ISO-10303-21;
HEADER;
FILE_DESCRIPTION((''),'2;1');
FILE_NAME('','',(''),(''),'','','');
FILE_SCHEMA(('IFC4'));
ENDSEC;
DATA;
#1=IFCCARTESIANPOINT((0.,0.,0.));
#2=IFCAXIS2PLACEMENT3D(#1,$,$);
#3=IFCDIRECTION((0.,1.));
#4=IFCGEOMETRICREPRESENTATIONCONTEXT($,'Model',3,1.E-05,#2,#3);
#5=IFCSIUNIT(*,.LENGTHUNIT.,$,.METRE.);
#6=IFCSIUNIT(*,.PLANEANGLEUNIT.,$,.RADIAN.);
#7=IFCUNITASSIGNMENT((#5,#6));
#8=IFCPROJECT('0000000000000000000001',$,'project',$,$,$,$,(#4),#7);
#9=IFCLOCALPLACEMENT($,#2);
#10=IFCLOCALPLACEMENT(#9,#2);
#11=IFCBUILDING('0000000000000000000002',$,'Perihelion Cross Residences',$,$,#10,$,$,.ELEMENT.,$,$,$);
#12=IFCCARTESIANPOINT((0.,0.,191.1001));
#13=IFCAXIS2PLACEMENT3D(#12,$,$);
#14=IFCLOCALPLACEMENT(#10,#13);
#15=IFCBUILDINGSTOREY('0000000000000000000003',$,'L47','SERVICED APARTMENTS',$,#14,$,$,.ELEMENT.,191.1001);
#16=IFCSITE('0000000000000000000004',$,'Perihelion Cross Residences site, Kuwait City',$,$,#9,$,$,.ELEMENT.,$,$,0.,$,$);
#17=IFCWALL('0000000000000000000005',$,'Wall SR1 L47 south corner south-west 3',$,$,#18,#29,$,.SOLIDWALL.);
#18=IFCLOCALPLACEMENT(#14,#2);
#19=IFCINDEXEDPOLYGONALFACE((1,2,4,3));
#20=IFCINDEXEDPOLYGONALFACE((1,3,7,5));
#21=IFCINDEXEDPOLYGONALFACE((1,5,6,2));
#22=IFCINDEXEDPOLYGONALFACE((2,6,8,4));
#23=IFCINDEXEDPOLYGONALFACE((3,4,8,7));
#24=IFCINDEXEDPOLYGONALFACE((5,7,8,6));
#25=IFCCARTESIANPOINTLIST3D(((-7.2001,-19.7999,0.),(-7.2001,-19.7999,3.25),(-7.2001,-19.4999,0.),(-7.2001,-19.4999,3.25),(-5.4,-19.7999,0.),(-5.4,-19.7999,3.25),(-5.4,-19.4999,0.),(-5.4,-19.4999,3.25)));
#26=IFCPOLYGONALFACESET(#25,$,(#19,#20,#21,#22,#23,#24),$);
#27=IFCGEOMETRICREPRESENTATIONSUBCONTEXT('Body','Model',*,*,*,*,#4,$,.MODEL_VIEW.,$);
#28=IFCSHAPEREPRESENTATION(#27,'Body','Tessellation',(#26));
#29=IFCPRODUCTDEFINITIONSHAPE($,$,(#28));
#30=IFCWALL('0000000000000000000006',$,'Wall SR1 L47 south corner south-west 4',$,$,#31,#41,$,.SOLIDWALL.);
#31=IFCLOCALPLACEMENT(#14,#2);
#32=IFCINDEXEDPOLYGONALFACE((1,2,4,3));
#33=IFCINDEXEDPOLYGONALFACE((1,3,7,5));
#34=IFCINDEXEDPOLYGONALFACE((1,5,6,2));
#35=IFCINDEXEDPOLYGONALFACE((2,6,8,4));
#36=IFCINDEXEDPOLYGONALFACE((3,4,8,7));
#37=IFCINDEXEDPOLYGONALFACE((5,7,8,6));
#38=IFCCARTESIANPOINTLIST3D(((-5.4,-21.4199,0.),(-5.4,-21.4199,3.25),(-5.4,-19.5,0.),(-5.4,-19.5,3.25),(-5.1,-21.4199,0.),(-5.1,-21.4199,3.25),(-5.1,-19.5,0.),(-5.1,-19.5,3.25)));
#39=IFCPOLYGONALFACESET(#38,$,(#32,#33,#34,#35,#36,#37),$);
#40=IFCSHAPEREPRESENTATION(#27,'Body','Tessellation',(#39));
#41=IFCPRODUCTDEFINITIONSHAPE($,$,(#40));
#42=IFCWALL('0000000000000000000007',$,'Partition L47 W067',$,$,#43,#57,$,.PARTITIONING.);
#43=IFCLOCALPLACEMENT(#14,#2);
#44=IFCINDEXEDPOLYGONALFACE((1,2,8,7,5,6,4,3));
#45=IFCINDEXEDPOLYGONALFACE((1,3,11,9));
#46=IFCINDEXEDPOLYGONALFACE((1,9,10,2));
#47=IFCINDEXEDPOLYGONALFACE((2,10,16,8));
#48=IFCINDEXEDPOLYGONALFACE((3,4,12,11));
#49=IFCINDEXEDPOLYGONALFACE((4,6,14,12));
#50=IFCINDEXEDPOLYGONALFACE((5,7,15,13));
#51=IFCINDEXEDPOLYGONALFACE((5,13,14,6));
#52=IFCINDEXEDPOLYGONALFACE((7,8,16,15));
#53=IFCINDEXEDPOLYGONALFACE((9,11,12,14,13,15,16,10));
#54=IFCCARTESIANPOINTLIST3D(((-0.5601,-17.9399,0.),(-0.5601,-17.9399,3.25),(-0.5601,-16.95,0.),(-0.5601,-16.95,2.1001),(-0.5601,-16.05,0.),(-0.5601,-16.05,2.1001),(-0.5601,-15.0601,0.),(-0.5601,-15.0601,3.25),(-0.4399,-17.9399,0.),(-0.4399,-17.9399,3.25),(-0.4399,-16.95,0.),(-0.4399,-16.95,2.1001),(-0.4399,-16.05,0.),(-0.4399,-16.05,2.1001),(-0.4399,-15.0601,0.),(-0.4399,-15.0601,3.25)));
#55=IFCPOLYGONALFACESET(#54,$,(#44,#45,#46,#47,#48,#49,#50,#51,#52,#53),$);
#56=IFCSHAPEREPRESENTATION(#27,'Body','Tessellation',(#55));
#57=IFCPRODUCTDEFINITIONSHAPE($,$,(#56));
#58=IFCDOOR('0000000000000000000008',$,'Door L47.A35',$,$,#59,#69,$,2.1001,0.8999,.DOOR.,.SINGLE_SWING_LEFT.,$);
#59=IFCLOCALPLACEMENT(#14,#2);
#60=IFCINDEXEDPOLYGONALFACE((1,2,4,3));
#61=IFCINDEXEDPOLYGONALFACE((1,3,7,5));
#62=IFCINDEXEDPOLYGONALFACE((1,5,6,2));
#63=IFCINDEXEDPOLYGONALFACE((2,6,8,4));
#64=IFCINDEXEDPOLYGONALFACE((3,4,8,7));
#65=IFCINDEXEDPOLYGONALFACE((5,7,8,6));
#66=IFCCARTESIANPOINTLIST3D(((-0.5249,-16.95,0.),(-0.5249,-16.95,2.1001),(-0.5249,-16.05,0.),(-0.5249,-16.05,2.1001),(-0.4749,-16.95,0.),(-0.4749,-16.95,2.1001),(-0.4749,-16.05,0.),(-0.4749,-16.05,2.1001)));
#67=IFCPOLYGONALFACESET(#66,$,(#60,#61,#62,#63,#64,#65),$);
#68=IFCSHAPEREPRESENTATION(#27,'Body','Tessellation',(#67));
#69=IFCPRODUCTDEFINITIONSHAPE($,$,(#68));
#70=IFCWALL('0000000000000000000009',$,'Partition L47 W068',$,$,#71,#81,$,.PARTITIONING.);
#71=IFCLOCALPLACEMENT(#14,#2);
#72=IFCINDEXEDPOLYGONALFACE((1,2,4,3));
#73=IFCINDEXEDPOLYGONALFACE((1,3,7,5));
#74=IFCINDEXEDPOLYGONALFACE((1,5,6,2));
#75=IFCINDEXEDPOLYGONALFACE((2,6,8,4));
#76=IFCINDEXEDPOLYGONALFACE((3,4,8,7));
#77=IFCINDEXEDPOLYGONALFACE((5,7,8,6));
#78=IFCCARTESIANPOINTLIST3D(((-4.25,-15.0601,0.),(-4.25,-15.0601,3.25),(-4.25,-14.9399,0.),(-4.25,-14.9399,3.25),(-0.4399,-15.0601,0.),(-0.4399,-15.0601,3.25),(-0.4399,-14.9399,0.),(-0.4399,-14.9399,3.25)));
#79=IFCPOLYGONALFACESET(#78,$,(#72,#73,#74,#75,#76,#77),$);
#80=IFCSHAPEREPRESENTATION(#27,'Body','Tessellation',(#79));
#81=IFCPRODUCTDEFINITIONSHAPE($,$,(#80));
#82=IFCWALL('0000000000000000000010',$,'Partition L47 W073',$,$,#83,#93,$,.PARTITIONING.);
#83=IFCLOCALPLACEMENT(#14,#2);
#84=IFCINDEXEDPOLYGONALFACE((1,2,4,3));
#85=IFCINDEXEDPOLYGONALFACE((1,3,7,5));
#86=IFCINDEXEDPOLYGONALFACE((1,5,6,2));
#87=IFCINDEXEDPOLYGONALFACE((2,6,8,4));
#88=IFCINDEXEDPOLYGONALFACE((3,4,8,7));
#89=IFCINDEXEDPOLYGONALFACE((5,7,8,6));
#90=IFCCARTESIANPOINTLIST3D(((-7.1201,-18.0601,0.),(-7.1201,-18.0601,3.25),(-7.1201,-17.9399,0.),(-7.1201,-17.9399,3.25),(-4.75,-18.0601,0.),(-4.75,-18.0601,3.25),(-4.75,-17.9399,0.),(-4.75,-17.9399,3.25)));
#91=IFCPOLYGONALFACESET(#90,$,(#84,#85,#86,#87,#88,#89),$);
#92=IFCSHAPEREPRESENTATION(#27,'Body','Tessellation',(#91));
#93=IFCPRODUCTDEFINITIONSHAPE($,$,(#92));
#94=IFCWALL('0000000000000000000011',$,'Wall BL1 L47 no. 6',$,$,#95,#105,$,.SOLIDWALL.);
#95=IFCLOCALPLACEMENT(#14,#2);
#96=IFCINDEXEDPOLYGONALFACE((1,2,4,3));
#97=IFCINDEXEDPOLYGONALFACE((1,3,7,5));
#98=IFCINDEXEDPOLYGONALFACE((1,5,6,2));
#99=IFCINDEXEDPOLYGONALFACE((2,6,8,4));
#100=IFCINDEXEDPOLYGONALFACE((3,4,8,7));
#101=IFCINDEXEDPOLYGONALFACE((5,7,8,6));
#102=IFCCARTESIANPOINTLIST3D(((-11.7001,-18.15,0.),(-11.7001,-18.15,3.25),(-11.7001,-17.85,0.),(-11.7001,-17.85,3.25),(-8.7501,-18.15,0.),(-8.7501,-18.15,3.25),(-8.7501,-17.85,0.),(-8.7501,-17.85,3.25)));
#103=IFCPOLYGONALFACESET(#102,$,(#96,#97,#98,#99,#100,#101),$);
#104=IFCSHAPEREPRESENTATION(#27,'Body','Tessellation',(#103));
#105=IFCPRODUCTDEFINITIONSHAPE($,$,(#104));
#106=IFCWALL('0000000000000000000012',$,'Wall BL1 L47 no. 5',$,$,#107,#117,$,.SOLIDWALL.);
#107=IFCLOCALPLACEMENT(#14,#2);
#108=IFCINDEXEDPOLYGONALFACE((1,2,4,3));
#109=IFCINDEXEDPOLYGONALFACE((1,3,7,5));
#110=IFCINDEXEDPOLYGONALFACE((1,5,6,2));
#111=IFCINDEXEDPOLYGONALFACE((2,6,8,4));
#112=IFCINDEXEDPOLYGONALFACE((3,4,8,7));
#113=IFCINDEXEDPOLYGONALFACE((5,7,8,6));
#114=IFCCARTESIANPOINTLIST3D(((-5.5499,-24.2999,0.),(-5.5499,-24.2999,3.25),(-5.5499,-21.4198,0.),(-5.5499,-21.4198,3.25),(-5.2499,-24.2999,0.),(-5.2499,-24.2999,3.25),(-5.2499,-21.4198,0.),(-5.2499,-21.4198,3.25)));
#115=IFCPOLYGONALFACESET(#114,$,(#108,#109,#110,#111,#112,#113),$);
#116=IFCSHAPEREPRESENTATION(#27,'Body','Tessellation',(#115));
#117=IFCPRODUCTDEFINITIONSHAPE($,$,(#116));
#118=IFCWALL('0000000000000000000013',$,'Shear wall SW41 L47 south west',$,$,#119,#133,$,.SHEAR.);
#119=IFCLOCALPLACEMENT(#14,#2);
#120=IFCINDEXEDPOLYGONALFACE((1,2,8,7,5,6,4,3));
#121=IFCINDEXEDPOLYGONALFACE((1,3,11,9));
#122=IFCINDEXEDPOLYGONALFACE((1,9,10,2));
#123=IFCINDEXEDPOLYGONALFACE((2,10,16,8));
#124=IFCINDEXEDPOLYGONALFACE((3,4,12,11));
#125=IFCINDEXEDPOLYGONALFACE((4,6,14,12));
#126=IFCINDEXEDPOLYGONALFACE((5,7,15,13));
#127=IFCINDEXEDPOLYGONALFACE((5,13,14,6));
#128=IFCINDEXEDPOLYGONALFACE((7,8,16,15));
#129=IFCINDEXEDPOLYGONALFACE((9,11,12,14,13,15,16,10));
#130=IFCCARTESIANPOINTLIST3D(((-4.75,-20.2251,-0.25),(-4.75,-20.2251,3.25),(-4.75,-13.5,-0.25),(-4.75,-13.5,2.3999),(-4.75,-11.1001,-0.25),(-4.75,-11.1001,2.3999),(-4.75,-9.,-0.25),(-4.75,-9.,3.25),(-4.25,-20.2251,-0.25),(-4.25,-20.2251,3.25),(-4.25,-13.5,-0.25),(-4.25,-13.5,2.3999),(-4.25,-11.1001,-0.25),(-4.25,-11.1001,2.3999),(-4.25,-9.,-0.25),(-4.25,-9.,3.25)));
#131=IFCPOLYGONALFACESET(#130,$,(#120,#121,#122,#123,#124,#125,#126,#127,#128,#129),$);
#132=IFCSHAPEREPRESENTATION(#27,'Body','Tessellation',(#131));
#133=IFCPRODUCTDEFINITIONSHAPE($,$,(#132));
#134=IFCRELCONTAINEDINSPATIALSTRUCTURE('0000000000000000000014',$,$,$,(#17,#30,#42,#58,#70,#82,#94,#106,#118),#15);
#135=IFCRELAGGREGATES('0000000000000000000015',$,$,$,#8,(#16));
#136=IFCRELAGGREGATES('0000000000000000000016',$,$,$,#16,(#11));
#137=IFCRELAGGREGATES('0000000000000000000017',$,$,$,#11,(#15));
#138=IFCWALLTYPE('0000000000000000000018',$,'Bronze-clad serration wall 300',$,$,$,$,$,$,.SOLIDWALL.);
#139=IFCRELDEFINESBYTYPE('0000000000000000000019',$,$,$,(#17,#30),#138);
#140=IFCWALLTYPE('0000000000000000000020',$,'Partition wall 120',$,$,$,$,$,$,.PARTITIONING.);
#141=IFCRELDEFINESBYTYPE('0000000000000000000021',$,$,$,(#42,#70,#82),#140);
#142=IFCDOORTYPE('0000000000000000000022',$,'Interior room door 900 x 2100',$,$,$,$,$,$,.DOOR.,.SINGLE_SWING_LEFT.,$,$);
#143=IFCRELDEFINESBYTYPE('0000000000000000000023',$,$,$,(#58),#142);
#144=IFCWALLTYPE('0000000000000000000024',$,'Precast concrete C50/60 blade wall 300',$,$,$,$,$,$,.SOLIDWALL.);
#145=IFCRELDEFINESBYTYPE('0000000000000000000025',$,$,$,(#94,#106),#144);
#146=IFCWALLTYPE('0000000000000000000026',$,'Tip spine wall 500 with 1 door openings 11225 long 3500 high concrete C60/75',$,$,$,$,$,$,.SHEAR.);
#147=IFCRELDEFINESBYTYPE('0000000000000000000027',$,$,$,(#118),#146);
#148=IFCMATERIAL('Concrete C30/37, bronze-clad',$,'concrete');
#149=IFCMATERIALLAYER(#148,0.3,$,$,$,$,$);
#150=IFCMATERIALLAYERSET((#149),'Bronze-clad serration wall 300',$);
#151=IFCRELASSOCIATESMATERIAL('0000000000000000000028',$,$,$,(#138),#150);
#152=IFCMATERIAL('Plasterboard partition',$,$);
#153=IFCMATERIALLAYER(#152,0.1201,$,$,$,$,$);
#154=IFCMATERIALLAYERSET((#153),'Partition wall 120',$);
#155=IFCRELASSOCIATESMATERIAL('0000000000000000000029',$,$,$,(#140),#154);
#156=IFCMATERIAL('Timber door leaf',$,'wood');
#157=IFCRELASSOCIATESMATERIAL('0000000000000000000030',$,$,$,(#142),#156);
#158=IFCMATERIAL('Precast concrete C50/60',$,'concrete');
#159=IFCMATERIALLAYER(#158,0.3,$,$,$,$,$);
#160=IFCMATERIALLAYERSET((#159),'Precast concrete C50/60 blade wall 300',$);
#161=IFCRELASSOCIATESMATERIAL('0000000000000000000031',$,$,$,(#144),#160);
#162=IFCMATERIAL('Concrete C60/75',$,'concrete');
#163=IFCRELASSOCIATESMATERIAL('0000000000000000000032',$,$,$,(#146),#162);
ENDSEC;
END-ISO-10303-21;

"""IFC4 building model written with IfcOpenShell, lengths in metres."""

from ifc_helpers import new_model, si_unit, direction, frame, frame_2d, origin, place, context, subcontext, project, spatial, polyline, rectangle, outline, extrude, material, layer, layer_set, material_profile, profile_set, type_object, element, fill, save


model = new_model("IFC4")

# Units and contexts
model_context = context("Model", 3, precision=1e-05, world=origin(), true_north=direction((0.0, 1.0)))
body_context = subcontext(model_context, "Body", "Model", "MODEL_VIEW")
ifc_project = project(units=[si_unit("LENGTHUNIT", "METRE"), si_unit("PLANEANGLEUNIT", "RADIAN")], contexts=[model_context])

# Site, building, storey
site_placement = place(None, origin())
site = spatial("IfcSite", under=ifc_project, at=site_placement, Name="Perihelion Cross Residences site, Kuwait City", CompositionType="ELEMENT", RefElevation=0.0)
building_placement = place(site_placement, origin())
building = spatial("IfcBuilding", under=site, at=building_placement, Name="Perihelion Cross Residences", CompositionType="ELEMENT")
storey_placement = place(building_placement, frame((0.0, 0.0, 191.1001)))
storey = spatial("IfcBuildingStorey", under=building, at=storey_placement, Name="L47", Description="SERVICED APARTMENTS", CompositionType="ELEMENT", Elevation=191.1001)

# Walls
ifc_material_1 = material(Name="Concrete C30/37, bronze-clad", Category="concrete")
ifc_layer_1 = layer(ifc_material_1, 0.3)
ifc_layer_set_1 = layer_set([ifc_layer_1], Name="Bronze-clad serration wall 300")
wall_type_1 = type_object("IfcWallType", Name="Bronze-clad serration wall 300", PredefinedType="SOLIDWALL", material=ifc_layer_set_1)
for number, where, z_axis, x_axis, name in (
    (1, (-7.2, -19.6499, 0.0), (0.0, 0.0, 1.0), (1.0, 0.0, 0.0), "Wall SR1 L47 south corner south-west 3"),
):
    element("IfcWall", number, at=place(storey_placement, frame(where, z_axis=z_axis, x_axis=x_axis)), inside=storey, type_object=wall_type_1, Name=name, PredefinedType="SOLIDWALL", context=body_context, shape_type="SweptSolid", body=[
        extrude(rectangle(XDim=1.8, YDim=0.3, at=frame_2d((0.8999, 0.0))), origin(), (0.0, 0.0, 1.0), 3.25),
    ])
wall_1_placement = place(storey_placement, frame((-5.25, -19.5, 0.0), z_axis=(0.0, 0.0, 1.0), x_axis=(0.0, -1.0, 0.0)))
element("IfcWall", 2, at=wall_1_placement, inside=storey, type_object=wall_type_1, Name="Wall SR1 L47 south corner south-west 4", PredefinedType="SOLIDWALL", context=body_context, shape_type="SweptSolid", body=[
    extrude(rectangle(XDim=1.9199, YDim=0.3, at=frame_2d((0.96, 0.0))), origin(), (0.0, 0.0, 1.0), 3.25),
])

# Wall, opening, door
ifc_material_2 = material(Name="Plasterboard partition")
ifc_layer_2 = layer(ifc_material_2, 0.1201)
ifc_layer_set_2 = layer_set([ifc_layer_2], Name="Partition wall 120")
wall_type_2 = type_object("IfcWallType", Name="Partition wall 120", PredefinedType="PARTITIONING", material=ifc_layer_set_2)
wall_2_placement = place(storey_placement, frame((-0.5, -17.9399, 0.0), z_axis=(0.0, 0.0, 1.0), x_axis=(0.0, 1.0, 0.0)))
wall_2 = element("IfcWall", 3, at=wall_2_placement, inside=storey, type_object=wall_type_2, Name="Partition L47 W067", PredefinedType="PARTITIONING", context=body_context, shape_type="SweptSolid", body=[
    extrude(rectangle(XDim=2.8799, YDim=0.1201, at=frame_2d((1.4399, 0.0))), origin(), (0.0, 0.0, 1.0), 3.25),
])
opening_1_placement = place(wall_2_placement, frame((0.99, 0.0, 0.0)))
opening_1 = element("IfcOpeningElement", 4, at=opening_1_placement, cuts=wall_2, PredefinedType="OPENING", context=body_context, shape_type="SweptSolid", body=[
    extrude(rectangle(XDim=0.8999, YDim=2.1001, at=frame_2d((0.45, 1.05))), frame((0.0, 0.0701, 0.0), z_axis=(0.0, -1.0, 0.0), x_axis=(1.0, 0.0, 0.0)), (0.0, 0.0, 1.0), 0.1401),
])
ifc_material_3 = material(Name="Timber door leaf", Category="wood")
door_type_1 = type_object("IfcDoorType", Name="Interior room door 900 x 2100", OperationType="SINGLE_SWING_LEFT", PredefinedType="DOOR", material=ifc_material_3)
door_1_placement = place(opening_1_placement, origin())
door_1 = element("IfcDoor", 5, at=door_1_placement, inside=storey, type_object=door_type_1, Name="Door L47.A35", OperationType="SINGLE_SWING_LEFT", OverallHeight=2.1001, OverallWidth=0.8999, PredefinedType="DOOR", context=body_context, shape_type="SweptSolid", body=[
    extrude(rectangle(XDim=0.8999, YDim=2.1001, at=frame_2d((0.45, 1.05))), frame((0.0, 0.0249, 0.0), z_axis=(0.0, -1.0, 0.0), x_axis=(1.0, 0.0, 0.0)), (0.0, 0.0, 1.0), 0.05),
])
fill(opening_1, door_1)

# Walls
wall_3_placement = place(storey_placement, frame((-0.4399, -15.0, 0.0), z_axis=(0.0, 0.0, 1.0), x_axis=(-1.0, 0.0, 0.0)))
element("IfcWall", 6, at=wall_3_placement, inside=storey, type_object=wall_type_2, Name="Partition L47 W068", PredefinedType="PARTITIONING", context=body_context, shape_type="SweptSolid", body=[
    extrude(rectangle(XDim=3.8101, YDim=0.1201, at=frame_2d((1.905, 0.0))), origin(), (0.0, 0.0, 1.0), 3.25),
])
wall_4_placement = place(storey_placement, frame((-4.75, -18.0, 0.0), z_axis=(0.0, 0.0, 1.0), x_axis=(-1.0, 0.0, 0.0)))
element("IfcWall", 7, at=wall_4_placement, inside=storey, type_object=wall_type_2, Name="Partition L47 W073", PredefinedType="PARTITIONING", context=body_context, shape_type="SweptSolid", body=[
    extrude(rectangle(XDim=2.3701, YDim=0.1201, at=frame_2d((1.1851, 0.0))), origin(), (0.0, 0.0, 1.0), 3.25),
])
ifc_material_4 = material(Name="Precast concrete C50/60", Category="concrete")
ifc_layer_3 = layer(ifc_material_4, 0.3)
ifc_layer_set_3 = layer_set([ifc_layer_3], Name="Precast concrete C50/60 blade wall 300")
wall_type_3 = type_object("IfcWallType", Name="Precast concrete C50/60 blade wall 300", PredefinedType="SOLIDWALL", material=ifc_layer_set_3)
wall_5_placement = place(storey_placement, frame((-8.75, -18.0, 0.0), z_axis=(0.0, 0.0, 1.0), x_axis=(-1.0, 0.0, 0.0)))
element("IfcWall", 8, at=wall_5_placement, inside=storey, type_object=wall_type_3, Name="Wall BL1 L47 no. 6", PredefinedType="SOLIDWALL", context=body_context, shape_type="SweptSolid", body=[
    extrude(rectangle(XDim=2.95, YDim=0.3, at=frame_2d((1.4751, 0.0))), origin(), (0.0, 0.0, 1.0), 3.25),
])
wall_6_placement = place(storey_placement, frame((-5.3999, -21.4199, 0.0), z_axis=(0.0, 0.0, 1.0), x_axis=(0.0, -1.0, 0.0)))
element("IfcWall", 9, at=wall_6_placement, inside=storey, type_object=wall_type_3, Name="Wall BL1 L47 no. 5", PredefinedType="SOLIDWALL", context=body_context, shape_type="SweptSolid", body=[
    extrude(rectangle(XDim=2.8801, YDim=0.3, at=frame_2d((1.4399, 0.0))), origin(), (0.0, 0.0, 1.0), 3.25),
])
ifc_material_5 = material(Name="Concrete C60/75", Category="concrete")
ifc_material_profile_1 = material_profile(ifc_material_5, outline(polyline([(0.0, 0.0), (6.7251, 0.0), (6.7251, 2.6499), (9.125, 2.6499), (9.125, 0.0), (11.2251, 0.0), (11.2251, 3.5), (0.0, 3.5), (0.0, 0.0)])), Name="Tip spine wall")
ifc_profile_set_1 = profile_set([ifc_material_profile_1], Name="Concrete C60/75")
wall_type_4 = type_object("IfcWallType", Name="Tip spine wall 500 with 1 door openings 11225 long 3500 high concrete C60/75", PredefinedType="SHEAR", material=ifc_profile_set_1)
wall_7_placement = place(storey_placement, frame((-4.75, -20.2251, -0.25), z_axis=(1.0, 0.0, 0.0), x_axis=(0.0, 1.0, 0.0)))
element("IfcWall", 10, at=wall_7_placement, inside=storey, type_object=wall_type_4, Name="Shear wall SW41 L47 south west", PredefinedType="SHEAR", context=body_context, shape_type="SweptSolid", body=[
    extrude(outline(polyline([(0.0, 0.0), (6.7251, 0.0), (6.7251, 2.6499), (9.125, 2.6499), (9.125, 0.0), (11.2251, 0.0), (11.2251, 3.5), (0.0, 3.5), (0.0, 0.0)])), origin(), (0.0, 0.0, 1.0), 0.5),
])

save(model, "model.ifc")
